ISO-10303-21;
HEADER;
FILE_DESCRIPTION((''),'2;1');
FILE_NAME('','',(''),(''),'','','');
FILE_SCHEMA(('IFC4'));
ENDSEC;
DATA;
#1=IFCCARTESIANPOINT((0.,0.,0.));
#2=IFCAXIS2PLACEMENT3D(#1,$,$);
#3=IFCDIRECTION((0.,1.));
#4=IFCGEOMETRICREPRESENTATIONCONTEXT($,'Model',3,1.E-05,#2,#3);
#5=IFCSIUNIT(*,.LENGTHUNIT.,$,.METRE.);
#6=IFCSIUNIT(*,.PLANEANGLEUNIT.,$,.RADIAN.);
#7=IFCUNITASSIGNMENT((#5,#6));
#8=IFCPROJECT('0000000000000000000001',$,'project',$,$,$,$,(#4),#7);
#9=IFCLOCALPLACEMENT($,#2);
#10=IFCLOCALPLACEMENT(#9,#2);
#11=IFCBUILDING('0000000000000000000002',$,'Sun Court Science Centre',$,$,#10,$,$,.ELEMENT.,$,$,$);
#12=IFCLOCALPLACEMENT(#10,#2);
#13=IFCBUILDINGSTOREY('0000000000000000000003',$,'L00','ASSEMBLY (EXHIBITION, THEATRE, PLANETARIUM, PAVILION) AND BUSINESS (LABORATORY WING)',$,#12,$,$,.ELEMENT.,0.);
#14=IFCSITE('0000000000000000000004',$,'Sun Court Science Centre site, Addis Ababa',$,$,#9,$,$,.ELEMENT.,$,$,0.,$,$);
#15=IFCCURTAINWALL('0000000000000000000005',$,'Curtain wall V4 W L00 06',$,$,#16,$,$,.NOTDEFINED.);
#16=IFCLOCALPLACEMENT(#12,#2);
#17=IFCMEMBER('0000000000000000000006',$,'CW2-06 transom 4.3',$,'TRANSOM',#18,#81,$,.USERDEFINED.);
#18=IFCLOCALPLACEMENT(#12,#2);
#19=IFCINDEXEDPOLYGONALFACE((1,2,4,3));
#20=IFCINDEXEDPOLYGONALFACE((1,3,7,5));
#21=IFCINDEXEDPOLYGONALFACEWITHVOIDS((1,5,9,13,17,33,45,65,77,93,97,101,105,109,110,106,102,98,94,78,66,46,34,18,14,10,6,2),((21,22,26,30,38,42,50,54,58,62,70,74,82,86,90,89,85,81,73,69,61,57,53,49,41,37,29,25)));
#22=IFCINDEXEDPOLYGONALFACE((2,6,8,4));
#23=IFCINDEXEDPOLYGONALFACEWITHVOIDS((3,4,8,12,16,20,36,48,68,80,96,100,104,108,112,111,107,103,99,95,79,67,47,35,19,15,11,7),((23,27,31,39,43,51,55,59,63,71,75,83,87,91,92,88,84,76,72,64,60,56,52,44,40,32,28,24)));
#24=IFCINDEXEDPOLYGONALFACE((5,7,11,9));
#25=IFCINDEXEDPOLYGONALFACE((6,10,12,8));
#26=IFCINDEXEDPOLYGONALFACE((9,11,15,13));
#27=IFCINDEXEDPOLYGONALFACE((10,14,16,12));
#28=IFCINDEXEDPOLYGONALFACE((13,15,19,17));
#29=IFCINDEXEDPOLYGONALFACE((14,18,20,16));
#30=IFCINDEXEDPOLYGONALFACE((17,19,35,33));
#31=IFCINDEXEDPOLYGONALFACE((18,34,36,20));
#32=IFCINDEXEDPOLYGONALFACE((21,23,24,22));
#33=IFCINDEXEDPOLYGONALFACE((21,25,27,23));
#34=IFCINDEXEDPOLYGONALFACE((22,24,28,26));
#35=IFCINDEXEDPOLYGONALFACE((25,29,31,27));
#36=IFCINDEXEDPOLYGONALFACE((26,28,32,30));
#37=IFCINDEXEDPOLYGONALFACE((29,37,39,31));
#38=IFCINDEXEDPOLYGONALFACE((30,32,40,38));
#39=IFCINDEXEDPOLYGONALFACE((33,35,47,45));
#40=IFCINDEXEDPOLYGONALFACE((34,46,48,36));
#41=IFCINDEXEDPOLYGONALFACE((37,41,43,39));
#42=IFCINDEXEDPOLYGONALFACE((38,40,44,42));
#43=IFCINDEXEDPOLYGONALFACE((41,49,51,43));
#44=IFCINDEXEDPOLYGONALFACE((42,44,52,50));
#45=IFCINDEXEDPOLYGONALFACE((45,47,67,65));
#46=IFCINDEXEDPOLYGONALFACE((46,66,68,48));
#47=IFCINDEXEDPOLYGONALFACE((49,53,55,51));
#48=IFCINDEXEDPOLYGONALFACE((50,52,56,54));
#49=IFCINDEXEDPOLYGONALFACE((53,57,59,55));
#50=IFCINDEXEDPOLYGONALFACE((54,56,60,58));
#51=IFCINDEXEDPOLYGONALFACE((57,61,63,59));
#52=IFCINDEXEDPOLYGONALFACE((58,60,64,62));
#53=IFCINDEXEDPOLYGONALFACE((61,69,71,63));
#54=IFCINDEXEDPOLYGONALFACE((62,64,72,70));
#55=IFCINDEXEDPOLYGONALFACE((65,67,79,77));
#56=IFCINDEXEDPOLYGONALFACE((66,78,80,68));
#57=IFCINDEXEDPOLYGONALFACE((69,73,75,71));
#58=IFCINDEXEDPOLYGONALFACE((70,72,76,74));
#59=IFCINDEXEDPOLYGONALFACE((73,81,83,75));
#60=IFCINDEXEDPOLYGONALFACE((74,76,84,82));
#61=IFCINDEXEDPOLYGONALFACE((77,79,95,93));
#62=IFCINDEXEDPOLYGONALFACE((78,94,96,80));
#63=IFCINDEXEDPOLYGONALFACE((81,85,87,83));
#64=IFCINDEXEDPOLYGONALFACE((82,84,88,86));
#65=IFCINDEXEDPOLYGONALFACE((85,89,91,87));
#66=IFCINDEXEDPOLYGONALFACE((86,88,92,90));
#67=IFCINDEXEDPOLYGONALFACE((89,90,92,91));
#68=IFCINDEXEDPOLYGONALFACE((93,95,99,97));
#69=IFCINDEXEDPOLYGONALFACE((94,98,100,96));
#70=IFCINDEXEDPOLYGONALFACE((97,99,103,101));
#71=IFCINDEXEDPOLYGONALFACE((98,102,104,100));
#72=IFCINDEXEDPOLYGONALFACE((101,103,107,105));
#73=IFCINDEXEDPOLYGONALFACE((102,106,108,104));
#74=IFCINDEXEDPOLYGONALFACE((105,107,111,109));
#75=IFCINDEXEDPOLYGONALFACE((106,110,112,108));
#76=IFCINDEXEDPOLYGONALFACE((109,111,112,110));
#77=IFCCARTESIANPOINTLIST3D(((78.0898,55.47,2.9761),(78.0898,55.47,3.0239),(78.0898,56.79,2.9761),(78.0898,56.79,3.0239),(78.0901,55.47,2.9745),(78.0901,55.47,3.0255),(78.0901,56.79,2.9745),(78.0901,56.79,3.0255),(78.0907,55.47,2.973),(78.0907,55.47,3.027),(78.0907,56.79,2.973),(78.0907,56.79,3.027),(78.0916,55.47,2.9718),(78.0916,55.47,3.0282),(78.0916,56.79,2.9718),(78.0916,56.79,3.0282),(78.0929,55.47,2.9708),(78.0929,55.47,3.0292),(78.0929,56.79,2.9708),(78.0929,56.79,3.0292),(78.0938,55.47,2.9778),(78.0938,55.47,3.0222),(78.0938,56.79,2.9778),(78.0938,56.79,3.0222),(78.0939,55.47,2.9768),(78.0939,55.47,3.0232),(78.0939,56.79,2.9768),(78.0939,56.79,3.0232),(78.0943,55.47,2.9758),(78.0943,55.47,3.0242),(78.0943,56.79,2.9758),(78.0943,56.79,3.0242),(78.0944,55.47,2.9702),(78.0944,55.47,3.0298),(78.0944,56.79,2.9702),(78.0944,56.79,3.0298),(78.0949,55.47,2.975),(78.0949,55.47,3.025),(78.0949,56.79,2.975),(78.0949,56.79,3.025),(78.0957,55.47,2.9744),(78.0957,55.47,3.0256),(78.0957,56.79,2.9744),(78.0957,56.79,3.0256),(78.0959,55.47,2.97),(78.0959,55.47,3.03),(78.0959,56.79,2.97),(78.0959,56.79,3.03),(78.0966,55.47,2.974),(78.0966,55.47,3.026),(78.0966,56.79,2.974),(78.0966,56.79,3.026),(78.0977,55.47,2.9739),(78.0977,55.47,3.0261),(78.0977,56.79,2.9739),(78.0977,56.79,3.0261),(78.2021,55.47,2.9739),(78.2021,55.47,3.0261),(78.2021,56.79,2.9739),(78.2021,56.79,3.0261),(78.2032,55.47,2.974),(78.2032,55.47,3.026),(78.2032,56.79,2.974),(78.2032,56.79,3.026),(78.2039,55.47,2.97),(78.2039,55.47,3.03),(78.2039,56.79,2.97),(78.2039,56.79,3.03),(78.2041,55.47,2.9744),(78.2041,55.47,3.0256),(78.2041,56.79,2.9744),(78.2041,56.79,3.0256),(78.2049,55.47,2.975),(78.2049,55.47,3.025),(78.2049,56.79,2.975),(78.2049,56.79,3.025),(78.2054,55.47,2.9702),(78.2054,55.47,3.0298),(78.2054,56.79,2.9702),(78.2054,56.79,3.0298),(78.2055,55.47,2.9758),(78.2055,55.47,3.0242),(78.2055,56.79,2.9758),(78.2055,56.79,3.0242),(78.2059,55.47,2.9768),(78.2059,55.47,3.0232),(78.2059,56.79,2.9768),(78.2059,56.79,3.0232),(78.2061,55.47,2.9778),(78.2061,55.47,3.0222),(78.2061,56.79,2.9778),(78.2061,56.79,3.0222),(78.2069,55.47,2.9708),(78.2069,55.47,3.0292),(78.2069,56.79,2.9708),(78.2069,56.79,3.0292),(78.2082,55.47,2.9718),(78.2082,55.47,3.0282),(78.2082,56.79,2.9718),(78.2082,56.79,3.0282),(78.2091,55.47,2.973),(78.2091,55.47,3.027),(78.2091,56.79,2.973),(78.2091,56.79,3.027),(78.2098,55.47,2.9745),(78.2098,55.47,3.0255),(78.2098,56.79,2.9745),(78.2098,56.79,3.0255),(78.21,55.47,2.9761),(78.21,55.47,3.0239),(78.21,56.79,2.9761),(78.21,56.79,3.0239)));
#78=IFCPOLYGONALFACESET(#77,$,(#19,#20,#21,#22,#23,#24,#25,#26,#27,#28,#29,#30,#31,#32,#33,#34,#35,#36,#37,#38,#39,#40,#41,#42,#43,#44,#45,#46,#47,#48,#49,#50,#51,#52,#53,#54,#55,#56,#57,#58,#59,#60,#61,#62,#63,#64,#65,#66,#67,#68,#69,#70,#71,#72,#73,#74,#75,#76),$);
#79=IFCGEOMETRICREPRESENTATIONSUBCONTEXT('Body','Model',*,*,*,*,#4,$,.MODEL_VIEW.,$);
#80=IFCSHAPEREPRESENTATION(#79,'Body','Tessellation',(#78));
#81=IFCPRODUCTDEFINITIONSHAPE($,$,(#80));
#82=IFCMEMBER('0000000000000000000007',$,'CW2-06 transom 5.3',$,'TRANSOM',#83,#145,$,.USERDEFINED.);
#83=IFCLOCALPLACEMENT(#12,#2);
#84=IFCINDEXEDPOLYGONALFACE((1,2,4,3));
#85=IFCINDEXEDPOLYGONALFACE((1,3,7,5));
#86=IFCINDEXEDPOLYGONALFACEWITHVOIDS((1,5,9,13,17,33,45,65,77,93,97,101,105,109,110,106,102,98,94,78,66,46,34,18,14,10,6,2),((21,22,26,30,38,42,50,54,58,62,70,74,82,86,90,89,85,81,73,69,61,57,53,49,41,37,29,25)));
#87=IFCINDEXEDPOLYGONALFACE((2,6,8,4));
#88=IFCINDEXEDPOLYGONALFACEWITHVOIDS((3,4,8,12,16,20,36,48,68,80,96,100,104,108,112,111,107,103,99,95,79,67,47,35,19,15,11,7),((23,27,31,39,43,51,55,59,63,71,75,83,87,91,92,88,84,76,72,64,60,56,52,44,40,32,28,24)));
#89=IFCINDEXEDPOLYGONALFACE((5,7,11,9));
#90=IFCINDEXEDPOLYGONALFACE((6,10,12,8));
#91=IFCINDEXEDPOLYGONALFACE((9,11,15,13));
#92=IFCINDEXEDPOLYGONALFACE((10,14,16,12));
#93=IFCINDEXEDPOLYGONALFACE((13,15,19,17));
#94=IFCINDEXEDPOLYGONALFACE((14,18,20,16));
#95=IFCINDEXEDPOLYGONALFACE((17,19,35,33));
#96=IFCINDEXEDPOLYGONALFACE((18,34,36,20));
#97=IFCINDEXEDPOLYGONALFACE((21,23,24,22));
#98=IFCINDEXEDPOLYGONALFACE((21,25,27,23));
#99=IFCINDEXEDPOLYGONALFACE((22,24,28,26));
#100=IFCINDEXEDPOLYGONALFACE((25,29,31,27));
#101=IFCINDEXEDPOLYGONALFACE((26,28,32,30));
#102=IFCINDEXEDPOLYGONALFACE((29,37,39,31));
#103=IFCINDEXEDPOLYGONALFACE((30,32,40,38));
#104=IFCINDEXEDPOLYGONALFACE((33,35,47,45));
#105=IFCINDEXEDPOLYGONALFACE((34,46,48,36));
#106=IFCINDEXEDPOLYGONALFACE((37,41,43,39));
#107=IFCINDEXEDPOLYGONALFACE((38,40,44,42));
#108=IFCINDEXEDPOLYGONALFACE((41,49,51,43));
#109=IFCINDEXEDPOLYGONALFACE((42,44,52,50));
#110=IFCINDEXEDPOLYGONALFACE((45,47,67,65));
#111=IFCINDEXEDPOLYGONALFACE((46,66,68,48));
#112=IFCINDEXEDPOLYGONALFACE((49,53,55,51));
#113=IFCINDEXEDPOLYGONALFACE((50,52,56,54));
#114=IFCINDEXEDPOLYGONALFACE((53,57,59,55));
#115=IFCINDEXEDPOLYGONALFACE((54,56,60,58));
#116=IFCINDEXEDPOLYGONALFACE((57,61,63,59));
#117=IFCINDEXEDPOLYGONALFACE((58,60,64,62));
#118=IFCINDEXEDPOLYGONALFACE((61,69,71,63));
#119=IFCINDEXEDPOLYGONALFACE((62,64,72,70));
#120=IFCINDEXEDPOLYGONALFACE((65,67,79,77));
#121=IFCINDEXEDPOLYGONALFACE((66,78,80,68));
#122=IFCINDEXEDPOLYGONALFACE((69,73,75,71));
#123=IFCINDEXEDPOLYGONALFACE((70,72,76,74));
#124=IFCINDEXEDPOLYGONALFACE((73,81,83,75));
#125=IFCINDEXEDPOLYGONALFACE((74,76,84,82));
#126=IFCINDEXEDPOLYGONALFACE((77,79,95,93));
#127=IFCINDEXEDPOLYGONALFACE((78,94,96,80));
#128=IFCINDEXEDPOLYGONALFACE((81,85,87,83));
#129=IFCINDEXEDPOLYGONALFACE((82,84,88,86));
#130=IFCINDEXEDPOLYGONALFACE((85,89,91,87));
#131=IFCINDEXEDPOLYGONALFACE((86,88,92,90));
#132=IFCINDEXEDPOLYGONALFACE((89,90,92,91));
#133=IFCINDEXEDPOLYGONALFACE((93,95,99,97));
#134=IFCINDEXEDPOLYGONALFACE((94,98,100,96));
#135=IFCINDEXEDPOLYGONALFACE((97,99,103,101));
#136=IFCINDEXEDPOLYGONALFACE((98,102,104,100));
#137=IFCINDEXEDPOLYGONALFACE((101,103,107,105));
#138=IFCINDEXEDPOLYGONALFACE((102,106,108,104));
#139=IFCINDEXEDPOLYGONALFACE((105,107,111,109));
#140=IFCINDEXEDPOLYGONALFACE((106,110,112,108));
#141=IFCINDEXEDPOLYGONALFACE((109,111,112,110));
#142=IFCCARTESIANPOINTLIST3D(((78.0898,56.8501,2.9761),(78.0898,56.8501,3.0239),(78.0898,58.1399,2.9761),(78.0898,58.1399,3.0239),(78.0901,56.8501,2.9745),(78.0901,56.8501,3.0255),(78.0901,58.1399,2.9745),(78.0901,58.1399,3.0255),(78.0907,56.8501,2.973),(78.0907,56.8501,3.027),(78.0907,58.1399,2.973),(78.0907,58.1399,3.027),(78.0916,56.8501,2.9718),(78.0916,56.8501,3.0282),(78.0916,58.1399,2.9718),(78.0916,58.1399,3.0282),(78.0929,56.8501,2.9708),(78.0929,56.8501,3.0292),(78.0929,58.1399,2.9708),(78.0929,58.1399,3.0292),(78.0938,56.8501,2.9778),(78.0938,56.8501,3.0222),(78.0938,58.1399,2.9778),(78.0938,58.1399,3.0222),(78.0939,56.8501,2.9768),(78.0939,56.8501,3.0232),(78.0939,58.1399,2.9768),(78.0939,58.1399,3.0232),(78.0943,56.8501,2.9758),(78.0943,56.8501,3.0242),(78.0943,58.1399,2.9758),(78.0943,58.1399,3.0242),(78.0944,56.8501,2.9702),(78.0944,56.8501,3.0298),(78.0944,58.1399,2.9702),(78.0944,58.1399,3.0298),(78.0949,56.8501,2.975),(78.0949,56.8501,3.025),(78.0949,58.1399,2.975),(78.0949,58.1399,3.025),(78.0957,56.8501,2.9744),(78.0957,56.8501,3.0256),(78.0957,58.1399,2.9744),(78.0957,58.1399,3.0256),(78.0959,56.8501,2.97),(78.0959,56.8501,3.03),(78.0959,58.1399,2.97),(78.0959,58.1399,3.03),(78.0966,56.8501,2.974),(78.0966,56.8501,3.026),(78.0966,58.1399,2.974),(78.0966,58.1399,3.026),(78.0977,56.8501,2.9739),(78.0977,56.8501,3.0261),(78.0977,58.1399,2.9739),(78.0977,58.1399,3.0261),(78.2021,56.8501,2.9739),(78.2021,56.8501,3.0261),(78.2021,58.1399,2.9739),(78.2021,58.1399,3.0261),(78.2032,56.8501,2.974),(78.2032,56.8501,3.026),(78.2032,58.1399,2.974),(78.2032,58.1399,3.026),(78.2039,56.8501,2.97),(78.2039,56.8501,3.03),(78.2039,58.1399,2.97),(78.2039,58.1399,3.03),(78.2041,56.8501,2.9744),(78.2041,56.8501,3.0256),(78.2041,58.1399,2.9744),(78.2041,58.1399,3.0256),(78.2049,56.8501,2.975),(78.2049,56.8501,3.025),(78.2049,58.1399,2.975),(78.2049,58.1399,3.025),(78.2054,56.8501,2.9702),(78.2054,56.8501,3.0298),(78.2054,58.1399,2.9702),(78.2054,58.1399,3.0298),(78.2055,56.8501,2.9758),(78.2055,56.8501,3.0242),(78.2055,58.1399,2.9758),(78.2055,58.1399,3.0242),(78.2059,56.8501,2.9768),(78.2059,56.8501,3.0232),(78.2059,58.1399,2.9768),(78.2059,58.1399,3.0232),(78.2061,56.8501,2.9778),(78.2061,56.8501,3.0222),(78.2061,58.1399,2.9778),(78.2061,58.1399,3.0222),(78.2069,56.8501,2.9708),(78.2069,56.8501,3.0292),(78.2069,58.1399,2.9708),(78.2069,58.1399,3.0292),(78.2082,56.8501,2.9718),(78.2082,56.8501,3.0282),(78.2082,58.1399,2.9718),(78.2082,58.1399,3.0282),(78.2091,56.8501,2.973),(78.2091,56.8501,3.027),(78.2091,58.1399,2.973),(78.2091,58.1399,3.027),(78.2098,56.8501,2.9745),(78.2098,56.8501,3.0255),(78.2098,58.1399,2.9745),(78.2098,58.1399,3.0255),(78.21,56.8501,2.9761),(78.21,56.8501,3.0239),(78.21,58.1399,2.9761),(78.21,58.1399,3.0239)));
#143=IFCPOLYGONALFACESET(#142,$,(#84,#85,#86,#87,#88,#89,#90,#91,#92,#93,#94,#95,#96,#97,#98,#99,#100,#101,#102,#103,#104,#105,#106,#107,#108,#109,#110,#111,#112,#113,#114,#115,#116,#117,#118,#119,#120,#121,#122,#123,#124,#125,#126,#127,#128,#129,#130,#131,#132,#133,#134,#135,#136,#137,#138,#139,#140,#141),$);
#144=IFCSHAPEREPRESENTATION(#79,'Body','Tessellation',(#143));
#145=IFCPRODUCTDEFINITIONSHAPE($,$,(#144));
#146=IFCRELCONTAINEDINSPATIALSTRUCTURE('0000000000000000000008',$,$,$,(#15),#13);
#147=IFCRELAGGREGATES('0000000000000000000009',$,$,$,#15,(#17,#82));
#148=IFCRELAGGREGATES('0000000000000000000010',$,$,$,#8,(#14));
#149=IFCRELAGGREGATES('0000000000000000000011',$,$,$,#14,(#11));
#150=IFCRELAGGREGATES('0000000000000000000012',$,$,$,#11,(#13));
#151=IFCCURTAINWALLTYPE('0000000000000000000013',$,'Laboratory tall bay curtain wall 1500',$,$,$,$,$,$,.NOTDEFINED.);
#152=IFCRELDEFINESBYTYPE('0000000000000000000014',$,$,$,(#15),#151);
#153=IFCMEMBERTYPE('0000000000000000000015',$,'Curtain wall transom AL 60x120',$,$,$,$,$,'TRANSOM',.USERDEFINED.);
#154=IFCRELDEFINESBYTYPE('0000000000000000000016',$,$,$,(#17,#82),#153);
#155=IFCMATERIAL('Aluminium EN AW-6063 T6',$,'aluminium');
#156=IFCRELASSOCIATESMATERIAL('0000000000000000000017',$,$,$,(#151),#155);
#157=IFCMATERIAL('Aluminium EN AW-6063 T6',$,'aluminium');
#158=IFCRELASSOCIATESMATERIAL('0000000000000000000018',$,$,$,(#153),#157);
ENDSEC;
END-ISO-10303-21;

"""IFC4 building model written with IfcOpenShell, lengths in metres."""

from ifc_helpers import new_model, si_unit, direction, frame, origin, origin_2d, place, context, subcontext, project, spatial, hollow_rectangle, extrude, material, material_profile, profile_set, type_object, element, aggregate, save


model = new_model("IFC4")

# Units and contexts
model_context = context("Model", 3, precision=1e-05, world=origin(), true_north=direction((0.0, 1.0)))
body_context = subcontext(model_context, "Body", "Model", "MODEL_VIEW")
ifc_project = project(units=[si_unit("LENGTHUNIT", "METRE"), si_unit("PLANEANGLEUNIT", "RADIAN")], contexts=[model_context])

# Site, building, storey
site_placement = place(None, origin())
site = spatial("IfcSite", under=ifc_project, at=site_placement, Name="Sun Court Science Centre site, Addis Ababa", CompositionType="ELEMENT", RefElevation=0.0)
building_placement = place(site_placement, origin())
building = spatial("IfcBuilding", under=site, at=building_placement, Name="Sun Court Science Centre", CompositionType="ELEMENT")
storey_placement = place(building_placement, origin())
storey = spatial("IfcBuildingStorey", under=building, at=storey_placement, Name="L00", Description="ASSEMBLY (EXHIBITION, THEATRE, PLANETARIUM, PAVILION) AND BUSINESS (LABORATORY WING)", CompositionType="ELEMENT", Elevation=0.0)

# Curtain wall, members
ifc_material_1 = material(Name="Aluminium EN AW-6063 T6", Category="aluminium")
curtain_wall_type = type_object("IfcCurtainWallType", Name="Laboratory tall bay curtain wall 1500", PredefinedType="NOTDEFINED", material=ifc_material_1)
curtain_wall_placement = place(storey_placement, origin())
curtain_wall = element("IfcCurtainWall", 1, at=curtain_wall_placement, inside=storey, type_object=curtain_wall_type, Name="Curtain wall V4 W L00 06", PredefinedType="NOTDEFINED")
ifc_material_2 = material(Name="Aluminium EN AW-6063 T6", Category="aluminium")
ifc_material_profile_1 = material_profile(ifc_material_2, hollow_rectangle(XDim=0.0601, YDim=0.1201, WallThickness=0.0039, InnerFilletRadius=0.0039, OuterFilletRadius=0.0061, at=origin_2d()), Name="AL 60x120x4")
ifc_profile_set_1 = profile_set([ifc_material_profile_1], Name="Aluminium EN AW-6063 T6")
member_type_1 = type_object("IfcMemberType", Name="Curtain wall transom AL 60x120", ElementType="TRANSOM", PredefinedType="USERDEFINED", material=ifc_profile_set_1)
member_1_placement = place(storey_placement, frame((78.1499, 55.47, 3.0), z_axis=(0.0, 1.0, 0.0), x_axis=(0.0, 0.0, 1.0)))
member_1 = element("IfcMember", 2, at=member_1_placement, type_object=member_type_1, Name="CW2-06 transom 4.3", ObjectType="TRANSOM", PredefinedType="USERDEFINED", context=body_context, shape_type="SweptSolid", body=[
    extrude(hollow_rectangle(XDim=0.0601, YDim=0.1201, WallThickness=0.0039, InnerFilletRadius=0.0039, OuterFilletRadius=0.0061, at=origin_2d()), origin(), (0.0, 0.0, 1.0), 1.3201),
])
member_2_placement = place(storey_placement, frame((78.1499, 56.8501, 3.0), z_axis=(0.0, 1.0, 0.0), x_axis=(0.0, 0.0, 1.0)))
member_2 = element("IfcMember", 3, at=member_2_placement, type_object=member_type_1, Name="CW2-06 transom 5.3", ObjectType="TRANSOM", PredefinedType="USERDEFINED", context=body_context, shape_type="SweptSolid", body=[
    extrude(hollow_rectangle(XDim=0.0601, YDim=0.1201, WallThickness=0.0039, InnerFilletRadius=0.0039, OuterFilletRadius=0.0061, at=origin_2d()), origin(), (0.0, 0.0, 1.0), 1.2898),
])
aggregate(curtain_wall, [member_1, member_2])

save(model, "model.ifc")
